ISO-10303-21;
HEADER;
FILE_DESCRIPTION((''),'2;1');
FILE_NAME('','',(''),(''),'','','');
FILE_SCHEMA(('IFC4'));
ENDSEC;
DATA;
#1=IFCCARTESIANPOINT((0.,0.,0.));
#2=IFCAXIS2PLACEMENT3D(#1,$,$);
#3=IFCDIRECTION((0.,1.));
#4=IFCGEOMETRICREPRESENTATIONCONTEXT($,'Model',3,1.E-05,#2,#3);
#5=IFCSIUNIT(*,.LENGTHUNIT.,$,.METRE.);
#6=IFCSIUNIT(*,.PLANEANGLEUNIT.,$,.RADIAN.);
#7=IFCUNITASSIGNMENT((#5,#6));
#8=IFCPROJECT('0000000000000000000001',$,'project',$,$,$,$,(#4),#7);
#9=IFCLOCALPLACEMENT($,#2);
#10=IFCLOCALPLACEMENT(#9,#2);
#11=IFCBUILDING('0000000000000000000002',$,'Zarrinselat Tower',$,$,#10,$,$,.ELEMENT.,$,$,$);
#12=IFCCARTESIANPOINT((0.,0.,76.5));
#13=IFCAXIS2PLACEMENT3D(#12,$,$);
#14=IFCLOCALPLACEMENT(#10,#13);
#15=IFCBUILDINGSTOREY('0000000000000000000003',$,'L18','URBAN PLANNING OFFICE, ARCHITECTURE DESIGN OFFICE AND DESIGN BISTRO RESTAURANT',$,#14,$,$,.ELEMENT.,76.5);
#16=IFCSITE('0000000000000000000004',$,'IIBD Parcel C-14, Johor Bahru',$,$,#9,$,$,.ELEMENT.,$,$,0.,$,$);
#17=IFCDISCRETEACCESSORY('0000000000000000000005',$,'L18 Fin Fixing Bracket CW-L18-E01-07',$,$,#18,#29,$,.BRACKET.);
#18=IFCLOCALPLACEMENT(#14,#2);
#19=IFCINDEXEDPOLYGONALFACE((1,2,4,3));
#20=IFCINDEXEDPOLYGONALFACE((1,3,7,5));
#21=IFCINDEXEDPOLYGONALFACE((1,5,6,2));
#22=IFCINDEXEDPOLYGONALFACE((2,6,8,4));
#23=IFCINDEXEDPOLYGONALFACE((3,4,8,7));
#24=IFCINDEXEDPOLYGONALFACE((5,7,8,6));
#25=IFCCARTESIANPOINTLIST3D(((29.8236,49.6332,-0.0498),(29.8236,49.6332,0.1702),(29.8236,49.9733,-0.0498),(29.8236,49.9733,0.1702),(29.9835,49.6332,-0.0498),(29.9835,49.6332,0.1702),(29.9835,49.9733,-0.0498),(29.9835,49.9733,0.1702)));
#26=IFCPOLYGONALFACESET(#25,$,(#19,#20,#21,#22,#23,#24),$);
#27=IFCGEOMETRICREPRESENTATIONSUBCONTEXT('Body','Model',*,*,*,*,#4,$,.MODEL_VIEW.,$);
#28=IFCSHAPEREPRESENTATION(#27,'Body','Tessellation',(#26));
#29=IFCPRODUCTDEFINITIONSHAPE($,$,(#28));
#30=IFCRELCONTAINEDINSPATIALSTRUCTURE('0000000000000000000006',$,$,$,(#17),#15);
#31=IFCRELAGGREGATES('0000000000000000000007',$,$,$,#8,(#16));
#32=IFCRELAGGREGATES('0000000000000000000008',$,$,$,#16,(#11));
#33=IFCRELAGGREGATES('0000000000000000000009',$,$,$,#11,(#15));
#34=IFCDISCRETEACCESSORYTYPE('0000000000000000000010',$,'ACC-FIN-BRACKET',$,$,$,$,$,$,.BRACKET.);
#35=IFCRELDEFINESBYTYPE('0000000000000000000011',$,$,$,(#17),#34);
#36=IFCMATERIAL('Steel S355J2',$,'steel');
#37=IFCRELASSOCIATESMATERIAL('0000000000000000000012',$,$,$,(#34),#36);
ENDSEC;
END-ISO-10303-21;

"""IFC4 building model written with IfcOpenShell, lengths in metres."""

from ifc_helpers import new_model, si_unit, direction, frame, origin, origin_2d, place, context, subcontext, project, spatial, rectangle, extrude, material, type_object, element, save


model = new_model("IFC4")

# Units and contexts
model_context = context("Model", 3, precision=1e-05, world=origin(), true_north=direction((0.0, 1.0)))
body_context = subcontext(model_context, "Body", "Model", "MODEL_VIEW")
ifc_project = project(units=[si_unit("LENGTHUNIT", "METRE"), si_unit("PLANEANGLEUNIT", "RADIAN")], contexts=[model_context])

# Site, building, storey
site_placement = place(None, origin())
site = spatial("IfcSite", under=ifc_project, at=site_placement, Name="IIBD Parcel C-14, Johor Bahru", CompositionType="ELEMENT", RefElevation=0.0)
building_placement = place(site_placement, origin())
building = spatial("IfcBuilding", under=site, at=building_placement, Name="Zarrinselat Tower", CompositionType="ELEMENT")
storey_placement = place(building_placement, frame((0.0, 0.0, 76.5)))
storey = spatial("IfcBuildingStorey", under=building, at=storey_placement, Name="L18", Description="URBAN PLANNING OFFICE, ARCHITECTURE DESIGN OFFICE AND DESIGN BISTRO RESTAURANT", CompositionType="ELEMENT", Elevation=76.5)

# Discrete accessory
ifc_material_1 = material(Name="Steel S355J2", Category="steel")
discrete_accessory_type = type_object("IfcDiscreteAccessoryType", Name="ACC-FIN-BRACKET", PredefinedType="BRACKET", material=ifc_material_1)
discrete_accessory_placement = place(storey_placement, frame((29.9036, 49.8032, -0.0498), z_axis=(0.0, 0.0, 1.0), x_axis=(0.0, 1.0, 0.0)))
element("IfcDiscreteAccessory", 1, at=discrete_accessory_placement, inside=storey, type_object=discrete_accessory_type, Name="L18 Fin Fixing Bracket CW-L18-E01-07", PredefinedType="BRACKET", context=body_context, shape_type="SweptSolid", body=[
    extrude(rectangle(XDim=0.3401, YDim=0.1599, at=origin_2d()), origin(), (0.0, 0.0, 1.0), 0.22),
])

save(model, "model.ifc")
